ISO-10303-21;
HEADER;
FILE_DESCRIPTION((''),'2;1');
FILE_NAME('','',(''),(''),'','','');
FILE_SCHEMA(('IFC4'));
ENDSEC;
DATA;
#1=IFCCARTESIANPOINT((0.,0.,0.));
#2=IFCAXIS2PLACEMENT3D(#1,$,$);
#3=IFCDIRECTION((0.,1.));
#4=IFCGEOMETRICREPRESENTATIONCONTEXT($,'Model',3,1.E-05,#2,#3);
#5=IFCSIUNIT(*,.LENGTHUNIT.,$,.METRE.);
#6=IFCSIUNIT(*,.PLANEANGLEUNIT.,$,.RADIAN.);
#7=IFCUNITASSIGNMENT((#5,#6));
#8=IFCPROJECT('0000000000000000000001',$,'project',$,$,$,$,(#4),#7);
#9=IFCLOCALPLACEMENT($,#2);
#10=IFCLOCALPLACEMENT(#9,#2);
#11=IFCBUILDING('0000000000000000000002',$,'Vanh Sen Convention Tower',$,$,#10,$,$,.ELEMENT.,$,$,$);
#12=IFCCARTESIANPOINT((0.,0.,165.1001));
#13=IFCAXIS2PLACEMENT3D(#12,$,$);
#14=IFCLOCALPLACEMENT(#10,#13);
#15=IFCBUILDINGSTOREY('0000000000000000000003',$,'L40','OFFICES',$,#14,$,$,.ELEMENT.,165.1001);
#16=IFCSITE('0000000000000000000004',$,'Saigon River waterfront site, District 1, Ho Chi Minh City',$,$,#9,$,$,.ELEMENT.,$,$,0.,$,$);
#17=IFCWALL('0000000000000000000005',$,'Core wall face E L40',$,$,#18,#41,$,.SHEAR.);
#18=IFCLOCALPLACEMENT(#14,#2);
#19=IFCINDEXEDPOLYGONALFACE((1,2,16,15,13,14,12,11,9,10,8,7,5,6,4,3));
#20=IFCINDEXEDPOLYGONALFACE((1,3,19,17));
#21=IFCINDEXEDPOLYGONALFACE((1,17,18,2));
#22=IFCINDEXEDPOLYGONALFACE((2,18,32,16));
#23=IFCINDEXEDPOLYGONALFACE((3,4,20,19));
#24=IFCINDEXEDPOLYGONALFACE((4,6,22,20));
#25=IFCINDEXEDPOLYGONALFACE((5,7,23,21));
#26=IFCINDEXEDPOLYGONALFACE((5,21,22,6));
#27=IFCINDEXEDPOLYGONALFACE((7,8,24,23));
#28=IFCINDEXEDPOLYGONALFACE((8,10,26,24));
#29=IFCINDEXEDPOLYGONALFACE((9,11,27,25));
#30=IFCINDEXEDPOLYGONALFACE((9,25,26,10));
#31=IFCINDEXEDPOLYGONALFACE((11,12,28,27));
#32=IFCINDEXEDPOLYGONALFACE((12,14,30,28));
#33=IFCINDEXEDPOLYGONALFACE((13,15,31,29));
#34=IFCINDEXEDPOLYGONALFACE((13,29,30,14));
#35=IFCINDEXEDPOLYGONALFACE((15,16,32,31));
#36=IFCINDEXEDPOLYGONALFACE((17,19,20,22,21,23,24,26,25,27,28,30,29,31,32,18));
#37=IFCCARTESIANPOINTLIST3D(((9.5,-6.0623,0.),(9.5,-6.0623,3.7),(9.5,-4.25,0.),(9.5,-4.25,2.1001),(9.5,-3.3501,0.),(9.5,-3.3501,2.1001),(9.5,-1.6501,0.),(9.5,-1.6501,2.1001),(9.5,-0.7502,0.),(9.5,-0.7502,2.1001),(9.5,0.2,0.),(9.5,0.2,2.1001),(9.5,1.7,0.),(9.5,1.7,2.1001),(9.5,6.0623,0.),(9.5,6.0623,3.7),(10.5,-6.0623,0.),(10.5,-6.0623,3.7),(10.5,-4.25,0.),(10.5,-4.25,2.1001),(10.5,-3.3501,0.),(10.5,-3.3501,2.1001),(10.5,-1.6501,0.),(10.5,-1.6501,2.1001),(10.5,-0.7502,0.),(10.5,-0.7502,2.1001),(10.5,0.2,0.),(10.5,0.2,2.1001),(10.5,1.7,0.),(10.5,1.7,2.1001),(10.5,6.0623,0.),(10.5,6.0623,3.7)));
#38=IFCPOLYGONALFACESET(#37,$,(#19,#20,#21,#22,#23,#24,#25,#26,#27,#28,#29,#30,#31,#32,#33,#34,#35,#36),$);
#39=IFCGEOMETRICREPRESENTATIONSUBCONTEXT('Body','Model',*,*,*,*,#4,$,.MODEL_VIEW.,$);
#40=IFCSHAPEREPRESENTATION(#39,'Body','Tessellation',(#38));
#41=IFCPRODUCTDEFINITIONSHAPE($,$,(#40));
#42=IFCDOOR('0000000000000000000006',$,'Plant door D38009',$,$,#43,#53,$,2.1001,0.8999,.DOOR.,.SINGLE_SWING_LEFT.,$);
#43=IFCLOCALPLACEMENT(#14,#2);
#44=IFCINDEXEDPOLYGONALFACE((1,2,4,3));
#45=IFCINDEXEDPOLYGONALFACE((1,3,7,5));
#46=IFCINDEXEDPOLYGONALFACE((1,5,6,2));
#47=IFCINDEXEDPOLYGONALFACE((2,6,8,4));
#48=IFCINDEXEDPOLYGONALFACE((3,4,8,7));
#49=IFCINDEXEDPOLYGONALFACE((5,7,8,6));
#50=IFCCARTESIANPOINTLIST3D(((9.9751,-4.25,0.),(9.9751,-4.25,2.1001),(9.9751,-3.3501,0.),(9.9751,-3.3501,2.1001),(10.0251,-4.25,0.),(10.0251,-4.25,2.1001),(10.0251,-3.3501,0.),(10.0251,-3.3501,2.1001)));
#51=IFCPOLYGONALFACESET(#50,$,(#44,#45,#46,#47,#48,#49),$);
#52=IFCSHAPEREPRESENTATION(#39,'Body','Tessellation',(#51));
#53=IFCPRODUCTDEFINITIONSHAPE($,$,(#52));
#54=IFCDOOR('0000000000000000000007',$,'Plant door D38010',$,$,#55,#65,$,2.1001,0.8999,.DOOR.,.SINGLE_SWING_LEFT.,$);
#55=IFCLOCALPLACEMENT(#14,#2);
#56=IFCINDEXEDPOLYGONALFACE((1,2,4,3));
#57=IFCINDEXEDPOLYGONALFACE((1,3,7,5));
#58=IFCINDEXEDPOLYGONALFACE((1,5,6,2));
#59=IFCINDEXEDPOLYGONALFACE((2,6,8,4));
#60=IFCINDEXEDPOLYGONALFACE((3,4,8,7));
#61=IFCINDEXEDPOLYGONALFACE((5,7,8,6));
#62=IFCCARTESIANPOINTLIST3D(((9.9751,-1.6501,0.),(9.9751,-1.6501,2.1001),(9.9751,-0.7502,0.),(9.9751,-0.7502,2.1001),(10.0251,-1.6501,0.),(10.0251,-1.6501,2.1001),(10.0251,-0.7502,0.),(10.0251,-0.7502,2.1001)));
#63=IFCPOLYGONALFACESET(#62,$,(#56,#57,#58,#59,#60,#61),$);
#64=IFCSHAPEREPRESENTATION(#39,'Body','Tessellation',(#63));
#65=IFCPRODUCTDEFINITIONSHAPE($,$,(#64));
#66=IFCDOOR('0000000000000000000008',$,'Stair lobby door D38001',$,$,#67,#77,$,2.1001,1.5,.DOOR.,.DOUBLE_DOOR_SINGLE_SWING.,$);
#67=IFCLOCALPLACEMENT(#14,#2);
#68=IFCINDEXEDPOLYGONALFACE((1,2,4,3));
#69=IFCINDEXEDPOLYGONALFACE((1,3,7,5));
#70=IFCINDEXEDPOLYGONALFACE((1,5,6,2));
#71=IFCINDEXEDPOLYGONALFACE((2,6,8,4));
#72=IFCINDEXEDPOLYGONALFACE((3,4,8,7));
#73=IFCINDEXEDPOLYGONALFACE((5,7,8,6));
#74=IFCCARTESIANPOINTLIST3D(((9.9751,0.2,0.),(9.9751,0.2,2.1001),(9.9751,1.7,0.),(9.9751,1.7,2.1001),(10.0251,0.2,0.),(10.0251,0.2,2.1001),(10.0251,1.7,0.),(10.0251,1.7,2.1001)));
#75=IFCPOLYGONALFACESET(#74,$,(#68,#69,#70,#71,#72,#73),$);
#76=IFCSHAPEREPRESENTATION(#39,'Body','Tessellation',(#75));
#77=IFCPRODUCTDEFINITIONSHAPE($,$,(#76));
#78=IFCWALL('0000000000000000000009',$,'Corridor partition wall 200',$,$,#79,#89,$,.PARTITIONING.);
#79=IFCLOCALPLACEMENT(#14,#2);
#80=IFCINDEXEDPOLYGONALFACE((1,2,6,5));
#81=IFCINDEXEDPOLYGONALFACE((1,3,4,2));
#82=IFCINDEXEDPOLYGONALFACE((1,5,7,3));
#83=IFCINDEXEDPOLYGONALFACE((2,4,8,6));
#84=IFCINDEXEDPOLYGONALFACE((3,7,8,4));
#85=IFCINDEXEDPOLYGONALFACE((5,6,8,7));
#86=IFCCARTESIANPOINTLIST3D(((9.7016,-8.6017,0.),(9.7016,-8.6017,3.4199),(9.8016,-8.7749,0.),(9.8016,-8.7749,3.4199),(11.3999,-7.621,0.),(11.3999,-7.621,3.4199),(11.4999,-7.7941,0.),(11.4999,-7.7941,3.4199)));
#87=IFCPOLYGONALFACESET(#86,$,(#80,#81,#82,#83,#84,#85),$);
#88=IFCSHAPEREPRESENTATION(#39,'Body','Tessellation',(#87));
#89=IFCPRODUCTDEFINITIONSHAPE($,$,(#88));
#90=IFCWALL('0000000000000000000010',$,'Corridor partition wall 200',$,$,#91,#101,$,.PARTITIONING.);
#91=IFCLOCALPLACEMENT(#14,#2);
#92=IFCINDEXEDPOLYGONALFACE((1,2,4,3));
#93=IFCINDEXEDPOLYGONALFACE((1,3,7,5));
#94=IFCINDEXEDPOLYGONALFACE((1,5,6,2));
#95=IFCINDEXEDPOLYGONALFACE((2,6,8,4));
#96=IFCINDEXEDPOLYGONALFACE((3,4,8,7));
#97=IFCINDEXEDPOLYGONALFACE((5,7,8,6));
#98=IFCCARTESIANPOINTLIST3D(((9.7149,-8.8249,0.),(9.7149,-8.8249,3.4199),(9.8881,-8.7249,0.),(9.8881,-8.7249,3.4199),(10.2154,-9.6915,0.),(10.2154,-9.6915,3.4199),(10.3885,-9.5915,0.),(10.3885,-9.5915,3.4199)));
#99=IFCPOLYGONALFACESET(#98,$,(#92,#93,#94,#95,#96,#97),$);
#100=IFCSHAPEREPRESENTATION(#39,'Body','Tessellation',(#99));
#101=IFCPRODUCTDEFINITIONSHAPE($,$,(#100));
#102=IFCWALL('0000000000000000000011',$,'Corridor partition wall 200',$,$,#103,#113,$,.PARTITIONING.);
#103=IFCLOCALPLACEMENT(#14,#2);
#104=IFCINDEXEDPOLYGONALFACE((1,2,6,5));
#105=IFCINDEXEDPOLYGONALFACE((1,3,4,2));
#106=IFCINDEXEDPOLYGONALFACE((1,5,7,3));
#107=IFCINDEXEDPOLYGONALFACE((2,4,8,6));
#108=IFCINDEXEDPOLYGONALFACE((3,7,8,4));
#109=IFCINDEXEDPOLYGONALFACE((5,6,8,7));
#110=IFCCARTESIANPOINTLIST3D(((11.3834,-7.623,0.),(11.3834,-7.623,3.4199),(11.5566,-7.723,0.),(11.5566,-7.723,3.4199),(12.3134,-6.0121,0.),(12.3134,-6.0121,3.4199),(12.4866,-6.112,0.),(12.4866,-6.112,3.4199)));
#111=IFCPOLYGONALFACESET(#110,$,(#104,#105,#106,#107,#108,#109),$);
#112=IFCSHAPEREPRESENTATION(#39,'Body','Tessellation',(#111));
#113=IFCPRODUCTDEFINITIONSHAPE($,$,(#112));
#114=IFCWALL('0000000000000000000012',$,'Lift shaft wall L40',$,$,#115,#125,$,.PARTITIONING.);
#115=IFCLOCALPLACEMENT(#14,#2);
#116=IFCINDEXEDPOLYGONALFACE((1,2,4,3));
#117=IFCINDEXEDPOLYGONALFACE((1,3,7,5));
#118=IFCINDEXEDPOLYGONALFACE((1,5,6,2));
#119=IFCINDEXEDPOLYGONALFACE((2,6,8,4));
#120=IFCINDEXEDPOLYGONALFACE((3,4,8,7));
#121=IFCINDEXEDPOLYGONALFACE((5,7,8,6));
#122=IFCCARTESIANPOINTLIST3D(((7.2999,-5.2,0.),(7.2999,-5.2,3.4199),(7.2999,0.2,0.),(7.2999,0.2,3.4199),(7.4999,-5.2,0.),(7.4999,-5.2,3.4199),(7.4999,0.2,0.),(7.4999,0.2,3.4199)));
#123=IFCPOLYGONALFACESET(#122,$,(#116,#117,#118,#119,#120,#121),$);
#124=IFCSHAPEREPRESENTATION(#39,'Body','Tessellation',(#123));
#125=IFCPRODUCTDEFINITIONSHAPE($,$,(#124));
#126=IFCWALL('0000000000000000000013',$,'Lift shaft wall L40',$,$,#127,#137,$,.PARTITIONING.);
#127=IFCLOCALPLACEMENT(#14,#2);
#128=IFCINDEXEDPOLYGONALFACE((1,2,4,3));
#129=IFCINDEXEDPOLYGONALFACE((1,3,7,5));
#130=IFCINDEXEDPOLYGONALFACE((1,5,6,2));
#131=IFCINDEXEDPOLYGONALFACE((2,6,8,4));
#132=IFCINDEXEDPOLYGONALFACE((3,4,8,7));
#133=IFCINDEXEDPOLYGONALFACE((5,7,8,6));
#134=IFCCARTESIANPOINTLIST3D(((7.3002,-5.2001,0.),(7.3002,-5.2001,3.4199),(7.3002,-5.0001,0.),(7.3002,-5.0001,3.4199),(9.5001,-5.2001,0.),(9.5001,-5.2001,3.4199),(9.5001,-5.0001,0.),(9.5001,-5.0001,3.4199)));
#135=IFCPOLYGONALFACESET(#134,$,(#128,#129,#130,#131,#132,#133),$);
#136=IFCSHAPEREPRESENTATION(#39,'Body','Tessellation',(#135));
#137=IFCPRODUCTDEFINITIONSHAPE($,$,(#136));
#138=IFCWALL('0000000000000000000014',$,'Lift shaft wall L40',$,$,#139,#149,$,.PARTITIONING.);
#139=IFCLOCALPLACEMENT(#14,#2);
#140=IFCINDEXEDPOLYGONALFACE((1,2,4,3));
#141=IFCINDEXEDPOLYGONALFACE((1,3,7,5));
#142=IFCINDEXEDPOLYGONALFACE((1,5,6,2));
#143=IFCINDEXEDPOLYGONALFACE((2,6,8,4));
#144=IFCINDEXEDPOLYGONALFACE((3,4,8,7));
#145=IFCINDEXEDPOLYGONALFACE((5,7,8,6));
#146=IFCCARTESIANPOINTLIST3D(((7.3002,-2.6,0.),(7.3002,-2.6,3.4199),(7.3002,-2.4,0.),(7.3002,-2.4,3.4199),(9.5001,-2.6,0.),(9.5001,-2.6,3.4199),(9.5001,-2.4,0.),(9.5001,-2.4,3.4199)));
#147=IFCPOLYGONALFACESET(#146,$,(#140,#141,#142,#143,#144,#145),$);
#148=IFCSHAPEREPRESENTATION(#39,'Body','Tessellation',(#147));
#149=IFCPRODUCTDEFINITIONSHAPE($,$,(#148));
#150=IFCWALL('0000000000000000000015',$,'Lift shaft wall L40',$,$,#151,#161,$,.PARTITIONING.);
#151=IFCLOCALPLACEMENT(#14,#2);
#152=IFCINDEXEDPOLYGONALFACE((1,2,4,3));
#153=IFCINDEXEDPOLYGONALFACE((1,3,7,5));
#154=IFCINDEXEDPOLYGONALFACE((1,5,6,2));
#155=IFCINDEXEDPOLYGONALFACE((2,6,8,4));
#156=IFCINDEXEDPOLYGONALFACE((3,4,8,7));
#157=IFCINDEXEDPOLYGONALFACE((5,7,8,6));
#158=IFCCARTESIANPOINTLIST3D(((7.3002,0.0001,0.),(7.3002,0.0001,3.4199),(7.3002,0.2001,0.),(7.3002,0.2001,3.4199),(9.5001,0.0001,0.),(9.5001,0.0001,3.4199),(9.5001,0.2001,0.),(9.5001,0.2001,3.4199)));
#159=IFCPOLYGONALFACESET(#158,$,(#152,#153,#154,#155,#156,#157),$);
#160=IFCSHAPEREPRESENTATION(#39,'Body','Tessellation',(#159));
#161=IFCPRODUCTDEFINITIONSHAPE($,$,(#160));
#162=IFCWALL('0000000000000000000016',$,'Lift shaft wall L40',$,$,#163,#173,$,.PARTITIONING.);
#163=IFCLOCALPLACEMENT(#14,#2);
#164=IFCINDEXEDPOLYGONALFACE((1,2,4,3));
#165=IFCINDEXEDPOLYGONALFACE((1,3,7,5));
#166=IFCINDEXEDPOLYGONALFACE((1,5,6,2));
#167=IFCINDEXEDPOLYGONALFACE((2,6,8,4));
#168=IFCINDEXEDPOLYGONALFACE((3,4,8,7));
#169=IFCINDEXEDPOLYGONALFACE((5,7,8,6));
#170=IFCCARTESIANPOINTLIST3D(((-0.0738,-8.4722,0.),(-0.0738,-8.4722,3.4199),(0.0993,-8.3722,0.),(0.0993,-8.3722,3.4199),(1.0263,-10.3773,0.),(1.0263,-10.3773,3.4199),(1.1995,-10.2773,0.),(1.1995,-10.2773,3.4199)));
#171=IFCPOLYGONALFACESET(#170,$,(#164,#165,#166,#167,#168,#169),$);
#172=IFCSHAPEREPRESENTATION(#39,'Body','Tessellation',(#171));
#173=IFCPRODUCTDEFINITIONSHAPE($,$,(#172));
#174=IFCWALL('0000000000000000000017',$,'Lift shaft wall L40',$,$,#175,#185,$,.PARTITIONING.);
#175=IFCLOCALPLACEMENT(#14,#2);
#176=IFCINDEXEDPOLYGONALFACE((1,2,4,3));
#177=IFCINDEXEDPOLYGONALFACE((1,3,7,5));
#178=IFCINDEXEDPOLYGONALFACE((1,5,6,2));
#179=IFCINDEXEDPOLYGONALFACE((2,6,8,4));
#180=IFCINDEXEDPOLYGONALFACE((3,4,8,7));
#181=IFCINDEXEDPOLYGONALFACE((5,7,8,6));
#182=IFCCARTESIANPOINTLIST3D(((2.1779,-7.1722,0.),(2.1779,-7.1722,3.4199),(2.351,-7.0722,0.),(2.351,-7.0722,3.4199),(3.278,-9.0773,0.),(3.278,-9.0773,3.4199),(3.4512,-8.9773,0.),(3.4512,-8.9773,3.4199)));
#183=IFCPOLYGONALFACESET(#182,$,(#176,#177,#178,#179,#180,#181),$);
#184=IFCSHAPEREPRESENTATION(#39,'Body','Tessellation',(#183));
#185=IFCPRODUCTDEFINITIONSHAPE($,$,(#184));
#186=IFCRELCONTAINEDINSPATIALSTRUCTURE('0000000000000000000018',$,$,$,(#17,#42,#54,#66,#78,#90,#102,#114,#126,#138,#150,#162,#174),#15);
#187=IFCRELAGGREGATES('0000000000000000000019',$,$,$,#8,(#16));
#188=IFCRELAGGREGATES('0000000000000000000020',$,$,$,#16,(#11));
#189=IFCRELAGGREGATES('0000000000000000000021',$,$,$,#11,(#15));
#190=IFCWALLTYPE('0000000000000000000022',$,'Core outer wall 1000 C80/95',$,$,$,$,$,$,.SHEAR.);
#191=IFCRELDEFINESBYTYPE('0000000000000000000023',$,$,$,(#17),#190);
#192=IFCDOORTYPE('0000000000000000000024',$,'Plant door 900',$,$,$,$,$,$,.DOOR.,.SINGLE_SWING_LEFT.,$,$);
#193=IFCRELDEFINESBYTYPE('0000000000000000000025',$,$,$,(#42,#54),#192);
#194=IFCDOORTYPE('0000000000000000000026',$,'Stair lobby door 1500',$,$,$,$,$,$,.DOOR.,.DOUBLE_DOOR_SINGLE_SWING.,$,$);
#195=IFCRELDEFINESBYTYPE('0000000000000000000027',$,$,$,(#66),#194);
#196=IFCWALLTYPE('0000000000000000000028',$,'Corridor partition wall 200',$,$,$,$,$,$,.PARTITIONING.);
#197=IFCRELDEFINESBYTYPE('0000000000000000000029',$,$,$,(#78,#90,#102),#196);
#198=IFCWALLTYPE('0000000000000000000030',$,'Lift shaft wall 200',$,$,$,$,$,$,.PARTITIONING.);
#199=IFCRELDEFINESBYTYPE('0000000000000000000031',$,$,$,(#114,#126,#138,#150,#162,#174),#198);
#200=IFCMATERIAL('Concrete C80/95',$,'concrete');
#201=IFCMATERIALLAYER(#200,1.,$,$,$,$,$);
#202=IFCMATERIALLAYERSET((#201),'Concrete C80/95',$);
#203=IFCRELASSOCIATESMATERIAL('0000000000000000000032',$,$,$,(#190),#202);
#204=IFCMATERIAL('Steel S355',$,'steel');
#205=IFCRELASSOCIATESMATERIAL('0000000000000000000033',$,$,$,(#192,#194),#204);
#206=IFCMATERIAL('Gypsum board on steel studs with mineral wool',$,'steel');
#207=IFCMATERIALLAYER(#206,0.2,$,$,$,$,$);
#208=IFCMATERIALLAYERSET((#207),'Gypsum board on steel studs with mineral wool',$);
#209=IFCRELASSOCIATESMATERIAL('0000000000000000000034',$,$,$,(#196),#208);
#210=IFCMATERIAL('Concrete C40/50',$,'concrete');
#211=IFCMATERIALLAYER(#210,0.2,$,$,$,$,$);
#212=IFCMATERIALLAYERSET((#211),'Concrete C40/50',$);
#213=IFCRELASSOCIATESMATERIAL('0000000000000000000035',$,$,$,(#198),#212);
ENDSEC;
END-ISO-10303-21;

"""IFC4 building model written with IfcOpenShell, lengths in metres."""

from ifc_helpers import new_model, si_unit, direction, frame, frame_2d, origin, place, context, subcontext, project, spatial, rectangle, extrude, material, layer, layer_set, type_object, element, fill, save


model = new_model("IFC4")

# Units and contexts
model_context = context("Model", 3, precision=1e-05, world=origin(), true_north=direction((0.0, 1.0)))
body_context = subcontext(model_context, "Body", "Model", "MODEL_VIEW")
ifc_project = project(units=[si_unit("LENGTHUNIT", "METRE"), si_unit("PLANEANGLEUNIT", "RADIAN")], contexts=[model_context])

# Site, building, storey
site_placement = place(None, origin())
site = spatial("IfcSite", under=ifc_project, at=site_placement, Name="Saigon River waterfront site, District 1, Ho Chi Minh City", CompositionType="ELEMENT", RefElevation=0.0)
building_placement = place(site_placement, origin())
building = spatial("IfcBuilding", under=site, at=building_placement, Name="Vanh Sen Convention Tower", CompositionType="ELEMENT")
storey_placement = place(building_placement, frame((0.0, 0.0, 165.1001)))
storey = spatial("IfcBuildingStorey", under=building, at=storey_placement, Name="L40", Description="OFFICES", CompositionType="ELEMENT", Elevation=165.1001)

# Shared definitions
ifc_material_1 = material(Name="Concrete C40/50", Category="concrete")

# Wall, openings, doors
ifc_material_2 = material(Name="Concrete C80/95", Category="concrete")
ifc_layer_1 = layer(ifc_material_2, 1.0)
ifc_layer_set_1 = layer_set([ifc_layer_1], Name="Concrete C80/95")
wall_type_1 = type_object("IfcWallType", Name="Core outer wall 1000 C80/95", PredefinedType="SHEAR", material=ifc_layer_set_1)
wall_1_placement = place(storey_placement, frame((10.0, -6.0623, 0.0), z_axis=(0.0, 0.0, 1.0), x_axis=(0.0, 1.0, 0.0)))
wall_1 = element("IfcWall", 1, at=wall_1_placement, inside=storey, type_object=wall_type_1, Name="Core wall face E L40", PredefinedType="SHEAR", context=body_context, shape_type="SweptSolid", body=[
    extrude(rectangle(XDim=12.1245, YDim=1.0, at=frame_2d((6.0623, 0.0))), origin(), (0.0, 0.0, 1.0), 3.7),
])
opening_1_placement = place(wall_1_placement, frame((6.2622, 0.0, 0.0)))
opening_1 = element("IfcOpeningElement", 2, at=opening_1_placement, cuts=wall_1, PredefinedType="OPENING", context=body_context, shape_type="SweptSolid", body=[
    extrude(rectangle(XDim=1.5, YDim=2.1001, at=frame_2d((0.75, 1.05))), frame((0.0, 0.51, 0.0), z_axis=(0.0, -1.0, 0.0), x_axis=(1.0, 0.0, 0.0)), (0.0, 0.0, 1.0), 1.02),
])
opening_2_placement = place(wall_1_placement, frame((1.8123, 0.0, 0.0)))
opening_2 = element("IfcOpeningElement", 3, at=opening_2_placement, cuts=wall_1, PredefinedType="OPENING", context=body_context, shape_type="SweptSolid", body=[
    extrude(rectangle(XDim=0.8999, YDim=2.1001, at=frame_2d((0.45, 1.05))), frame((0.0, 0.51, 0.0), z_axis=(0.0, -1.0, 0.0), x_axis=(1.0, 0.0, 0.0)), (0.0, 0.0, 1.0), 1.02),
])
opening_3_placement = place(wall_1_placement, frame((4.4121, 0.0, 0.0)))
opening_3 = element("IfcOpeningElement", 4, at=opening_3_placement, cuts=wall_1, PredefinedType="OPENING", context=body_context, shape_type="SweptSolid", body=[
    extrude(rectangle(XDim=0.8999, YDim=2.1001, at=frame_2d((0.45, 1.05))), frame((0.0, 0.51, 0.0), z_axis=(0.0, -1.0, 0.0), x_axis=(1.0, 0.0, 0.0)), (0.0, 0.0, 1.0), 1.02),
])
ifc_material_3 = material(Name="Steel S355", Category="steel")
door_type_1 = type_object("IfcDoorType", Name="Plant door 900", OperationType="SINGLE_SWING_LEFT", PredefinedType="DOOR", material=ifc_material_3)
door_1_placement = place(opening_2_placement, origin())
door_1 = element("IfcDoor", 5, at=door_1_placement, inside=storey, type_object=door_type_1, Name="Plant door D38009", OperationType="SINGLE_SWING_LEFT", OverallHeight=2.1001, OverallWidth=0.8999, PredefinedType="DOOR", context=body_context, shape_type="SweptSolid", body=[
    extrude(rectangle(XDim=0.8999, YDim=2.1001, at=frame_2d((0.45, 1.05))), frame((0.0, 0.0249, 0.0), z_axis=(0.0, -1.0, 0.0), x_axis=(1.0, 0.0, 0.0)), (0.0, 0.0, 1.0), 0.05),
])
fill(opening_2, door_1)
door_2_placement = place(opening_3_placement, origin())
door_2 = element("IfcDoor", 6, at=door_2_placement, inside=storey, type_object=door_type_1, Name="Plant door D38010", OperationType="SINGLE_SWING_LEFT", OverallHeight=2.1001, OverallWidth=0.8999, PredefinedType="DOOR", context=body_context, shape_type="SweptSolid", body=[
    extrude(rectangle(XDim=0.8999, YDim=2.1001, at=frame_2d((0.45, 1.05))), frame((0.0, 0.0249, 0.0), z_axis=(0.0, -1.0, 0.0), x_axis=(1.0, 0.0, 0.0)), (0.0, 0.0, 1.0), 0.05),
])
fill(opening_3, door_2)
door_type_2 = type_object("IfcDoorType", Name="Stair lobby door 1500", OperationType="DOUBLE_DOOR_SINGLE_SWING", PredefinedType="DOOR", material=ifc_material_3)
door_3_placement = place(opening_1_placement, origin())
door_3 = element("IfcDoor", 7, at=door_3_placement, inside=storey, type_object=door_type_2, Name="Stair lobby door D38001", OperationType="DOUBLE_DOOR_SINGLE_SWING", OverallHeight=2.1001, OverallWidth=1.5, PredefinedType="DOOR", context=body_context, shape_type="SweptSolid", body=[
    extrude(rectangle(XDim=1.5, YDim=2.1001, at=frame_2d((0.75, 1.05))), frame((0.0, 0.0249, 0.0), z_axis=(0.0, -1.0, 0.0), x_axis=(1.0, 0.0, 0.0)), (0.0, 0.0, 1.0), 0.05),
])
fill(opening_1, door_3)

# Walls
ifc_material_4 = material(Name="Gypsum board on steel studs with mineral wool", Category="steel")
ifc_layer_2 = layer(ifc_material_4, 0.2)
ifc_layer_set_2 = layer_set([ifc_layer_2], Name="Gypsum board on steel studs with mineral wool")
wall_type_2 = type_object("IfcWallType", Name="Corridor partition wall 200", PredefinedType="PARTITIONING", material=ifc_layer_set_2)
wall_2_placement = place(storey_placement, frame((9.7517, -8.6882, 0.0), z_axis=(0.0, 0.0, 1.0), x_axis=(0.865974, 0.500089, 0.0)))
element("IfcWall", 8, at=wall_2_placement, inside=storey, type_object=wall_type_2, Name="Corridor partition wall 200", PredefinedType="PARTITIONING", context=body_context, shape_type="SweptSolid", body=[
    extrude(rectangle(XDim=1.9612, YDim=0.2, at=frame_2d((0.9805, 0.0))), origin(), (0.0, 0.0, 1.0), 3.4199),
])
wall_3_placement = place(storey_placement, frame((10.302, -9.6416, 0.0), z_axis=(0.0, 0.0, 1.0), x_axis=(-0.500074, 0.865982, 0.0)))
element("IfcWall", 9, at=wall_3_placement, inside=storey, type_object=wall_type_2, Name="Corridor partition wall 200", PredefinedType="PARTITIONING", context=body_context, shape_type="SweptSolid", body=[
    extrude(rectangle(XDim=1.0007, YDim=0.2, at=frame_2d((0.5005, 0.0))), origin(), (0.0, 0.0, 1.0), 3.4199),
])
wall_4_placement = place(storey_placement, frame((11.47, -7.6731, 0.0), z_axis=(0.0, 0.0, 1.0), x_axis=(0.499965, 0.866046, 0.0)))
element("IfcWall", 10, at=wall_4_placement, inside=storey, type_object=wall_type_2, Name="Corridor partition wall 200", PredefinedType="PARTITIONING", context=body_context, shape_type="SweptSolid", body=[
    extrude(rectangle(XDim=1.8601, YDim=0.2, at=frame_2d((0.9302, 0.0))), origin(), (0.0, 0.0, 1.0), 3.4199),
])
ifc_layer_3 = layer(ifc_material_1, 0.2)
ifc_layer_set_3 = layer_set([ifc_layer_3], Name="Concrete C40/50")
wall_type_3 = type_object("IfcWallType", Name="Lift shaft wall 200", PredefinedType="PARTITIONING", material=ifc_layer_set_3)
wall_5_placement = place(storey_placement, frame((7.3999, -5.2, 0.0), z_axis=(0.0, 0.0, 1.0), x_axis=(0.0, 1.0, 0.0)))
element("IfcWall", 11, at=wall_5_placement, inside=storey, type_object=wall_type_3, Name="Lift shaft wall L40", PredefinedType="PARTITIONING", context=body_context, shape_type="SweptSolid", body=[
    extrude(rectangle(XDim=5.3999, YDim=0.2, at=frame_2d((2.7, 0.0))), origin(), (0.0, 0.0, 1.0), 3.4199),
])
for number, where, z_axis, x_axis, name in (
    (12, (7.3, -5.1001, 0.0), (0.0, 0.0, 1.0), (1.0, 0.0, 0.0), "Lift shaft wall L40"),
    (13, (7.3, -2.5, 0.0), (0.0, 0.0, 1.0), (1.0, 0.0, 0.0), "Lift shaft wall L40"),
    (14, (7.3, 0.1001, 0.0), (0.0, 0.0, 1.0), (1.0, 0.0, 0.0), "Lift shaft wall L40"),
    (15, (0.0127, -8.4221, 0.0), (0.0, 0.0, 1.0), (0.500078, -0.86598, 0.0), "Lift shaft wall L40"),
    (16, (2.2644, -7.1221, 0.0), (0.0, 0.0, 1.0), (0.500078, -0.86598, 0.0), "Lift shaft wall L40"),
):
    element("IfcWall", number, at=place(storey_placement, frame(where, z_axis=z_axis, x_axis=x_axis)), inside=storey, type_object=wall_type_3, Name=name, PredefinedType="PARTITIONING", context=body_context, shape_type="SweptSolid", body=[
        extrude(rectangle(XDim=2.2, YDim=0.2, at=frame_2d((1.1001, 0.0))), origin(), (0.0, 0.0, 1.0), 3.4199),
    ])

save(model, "model.ifc")
